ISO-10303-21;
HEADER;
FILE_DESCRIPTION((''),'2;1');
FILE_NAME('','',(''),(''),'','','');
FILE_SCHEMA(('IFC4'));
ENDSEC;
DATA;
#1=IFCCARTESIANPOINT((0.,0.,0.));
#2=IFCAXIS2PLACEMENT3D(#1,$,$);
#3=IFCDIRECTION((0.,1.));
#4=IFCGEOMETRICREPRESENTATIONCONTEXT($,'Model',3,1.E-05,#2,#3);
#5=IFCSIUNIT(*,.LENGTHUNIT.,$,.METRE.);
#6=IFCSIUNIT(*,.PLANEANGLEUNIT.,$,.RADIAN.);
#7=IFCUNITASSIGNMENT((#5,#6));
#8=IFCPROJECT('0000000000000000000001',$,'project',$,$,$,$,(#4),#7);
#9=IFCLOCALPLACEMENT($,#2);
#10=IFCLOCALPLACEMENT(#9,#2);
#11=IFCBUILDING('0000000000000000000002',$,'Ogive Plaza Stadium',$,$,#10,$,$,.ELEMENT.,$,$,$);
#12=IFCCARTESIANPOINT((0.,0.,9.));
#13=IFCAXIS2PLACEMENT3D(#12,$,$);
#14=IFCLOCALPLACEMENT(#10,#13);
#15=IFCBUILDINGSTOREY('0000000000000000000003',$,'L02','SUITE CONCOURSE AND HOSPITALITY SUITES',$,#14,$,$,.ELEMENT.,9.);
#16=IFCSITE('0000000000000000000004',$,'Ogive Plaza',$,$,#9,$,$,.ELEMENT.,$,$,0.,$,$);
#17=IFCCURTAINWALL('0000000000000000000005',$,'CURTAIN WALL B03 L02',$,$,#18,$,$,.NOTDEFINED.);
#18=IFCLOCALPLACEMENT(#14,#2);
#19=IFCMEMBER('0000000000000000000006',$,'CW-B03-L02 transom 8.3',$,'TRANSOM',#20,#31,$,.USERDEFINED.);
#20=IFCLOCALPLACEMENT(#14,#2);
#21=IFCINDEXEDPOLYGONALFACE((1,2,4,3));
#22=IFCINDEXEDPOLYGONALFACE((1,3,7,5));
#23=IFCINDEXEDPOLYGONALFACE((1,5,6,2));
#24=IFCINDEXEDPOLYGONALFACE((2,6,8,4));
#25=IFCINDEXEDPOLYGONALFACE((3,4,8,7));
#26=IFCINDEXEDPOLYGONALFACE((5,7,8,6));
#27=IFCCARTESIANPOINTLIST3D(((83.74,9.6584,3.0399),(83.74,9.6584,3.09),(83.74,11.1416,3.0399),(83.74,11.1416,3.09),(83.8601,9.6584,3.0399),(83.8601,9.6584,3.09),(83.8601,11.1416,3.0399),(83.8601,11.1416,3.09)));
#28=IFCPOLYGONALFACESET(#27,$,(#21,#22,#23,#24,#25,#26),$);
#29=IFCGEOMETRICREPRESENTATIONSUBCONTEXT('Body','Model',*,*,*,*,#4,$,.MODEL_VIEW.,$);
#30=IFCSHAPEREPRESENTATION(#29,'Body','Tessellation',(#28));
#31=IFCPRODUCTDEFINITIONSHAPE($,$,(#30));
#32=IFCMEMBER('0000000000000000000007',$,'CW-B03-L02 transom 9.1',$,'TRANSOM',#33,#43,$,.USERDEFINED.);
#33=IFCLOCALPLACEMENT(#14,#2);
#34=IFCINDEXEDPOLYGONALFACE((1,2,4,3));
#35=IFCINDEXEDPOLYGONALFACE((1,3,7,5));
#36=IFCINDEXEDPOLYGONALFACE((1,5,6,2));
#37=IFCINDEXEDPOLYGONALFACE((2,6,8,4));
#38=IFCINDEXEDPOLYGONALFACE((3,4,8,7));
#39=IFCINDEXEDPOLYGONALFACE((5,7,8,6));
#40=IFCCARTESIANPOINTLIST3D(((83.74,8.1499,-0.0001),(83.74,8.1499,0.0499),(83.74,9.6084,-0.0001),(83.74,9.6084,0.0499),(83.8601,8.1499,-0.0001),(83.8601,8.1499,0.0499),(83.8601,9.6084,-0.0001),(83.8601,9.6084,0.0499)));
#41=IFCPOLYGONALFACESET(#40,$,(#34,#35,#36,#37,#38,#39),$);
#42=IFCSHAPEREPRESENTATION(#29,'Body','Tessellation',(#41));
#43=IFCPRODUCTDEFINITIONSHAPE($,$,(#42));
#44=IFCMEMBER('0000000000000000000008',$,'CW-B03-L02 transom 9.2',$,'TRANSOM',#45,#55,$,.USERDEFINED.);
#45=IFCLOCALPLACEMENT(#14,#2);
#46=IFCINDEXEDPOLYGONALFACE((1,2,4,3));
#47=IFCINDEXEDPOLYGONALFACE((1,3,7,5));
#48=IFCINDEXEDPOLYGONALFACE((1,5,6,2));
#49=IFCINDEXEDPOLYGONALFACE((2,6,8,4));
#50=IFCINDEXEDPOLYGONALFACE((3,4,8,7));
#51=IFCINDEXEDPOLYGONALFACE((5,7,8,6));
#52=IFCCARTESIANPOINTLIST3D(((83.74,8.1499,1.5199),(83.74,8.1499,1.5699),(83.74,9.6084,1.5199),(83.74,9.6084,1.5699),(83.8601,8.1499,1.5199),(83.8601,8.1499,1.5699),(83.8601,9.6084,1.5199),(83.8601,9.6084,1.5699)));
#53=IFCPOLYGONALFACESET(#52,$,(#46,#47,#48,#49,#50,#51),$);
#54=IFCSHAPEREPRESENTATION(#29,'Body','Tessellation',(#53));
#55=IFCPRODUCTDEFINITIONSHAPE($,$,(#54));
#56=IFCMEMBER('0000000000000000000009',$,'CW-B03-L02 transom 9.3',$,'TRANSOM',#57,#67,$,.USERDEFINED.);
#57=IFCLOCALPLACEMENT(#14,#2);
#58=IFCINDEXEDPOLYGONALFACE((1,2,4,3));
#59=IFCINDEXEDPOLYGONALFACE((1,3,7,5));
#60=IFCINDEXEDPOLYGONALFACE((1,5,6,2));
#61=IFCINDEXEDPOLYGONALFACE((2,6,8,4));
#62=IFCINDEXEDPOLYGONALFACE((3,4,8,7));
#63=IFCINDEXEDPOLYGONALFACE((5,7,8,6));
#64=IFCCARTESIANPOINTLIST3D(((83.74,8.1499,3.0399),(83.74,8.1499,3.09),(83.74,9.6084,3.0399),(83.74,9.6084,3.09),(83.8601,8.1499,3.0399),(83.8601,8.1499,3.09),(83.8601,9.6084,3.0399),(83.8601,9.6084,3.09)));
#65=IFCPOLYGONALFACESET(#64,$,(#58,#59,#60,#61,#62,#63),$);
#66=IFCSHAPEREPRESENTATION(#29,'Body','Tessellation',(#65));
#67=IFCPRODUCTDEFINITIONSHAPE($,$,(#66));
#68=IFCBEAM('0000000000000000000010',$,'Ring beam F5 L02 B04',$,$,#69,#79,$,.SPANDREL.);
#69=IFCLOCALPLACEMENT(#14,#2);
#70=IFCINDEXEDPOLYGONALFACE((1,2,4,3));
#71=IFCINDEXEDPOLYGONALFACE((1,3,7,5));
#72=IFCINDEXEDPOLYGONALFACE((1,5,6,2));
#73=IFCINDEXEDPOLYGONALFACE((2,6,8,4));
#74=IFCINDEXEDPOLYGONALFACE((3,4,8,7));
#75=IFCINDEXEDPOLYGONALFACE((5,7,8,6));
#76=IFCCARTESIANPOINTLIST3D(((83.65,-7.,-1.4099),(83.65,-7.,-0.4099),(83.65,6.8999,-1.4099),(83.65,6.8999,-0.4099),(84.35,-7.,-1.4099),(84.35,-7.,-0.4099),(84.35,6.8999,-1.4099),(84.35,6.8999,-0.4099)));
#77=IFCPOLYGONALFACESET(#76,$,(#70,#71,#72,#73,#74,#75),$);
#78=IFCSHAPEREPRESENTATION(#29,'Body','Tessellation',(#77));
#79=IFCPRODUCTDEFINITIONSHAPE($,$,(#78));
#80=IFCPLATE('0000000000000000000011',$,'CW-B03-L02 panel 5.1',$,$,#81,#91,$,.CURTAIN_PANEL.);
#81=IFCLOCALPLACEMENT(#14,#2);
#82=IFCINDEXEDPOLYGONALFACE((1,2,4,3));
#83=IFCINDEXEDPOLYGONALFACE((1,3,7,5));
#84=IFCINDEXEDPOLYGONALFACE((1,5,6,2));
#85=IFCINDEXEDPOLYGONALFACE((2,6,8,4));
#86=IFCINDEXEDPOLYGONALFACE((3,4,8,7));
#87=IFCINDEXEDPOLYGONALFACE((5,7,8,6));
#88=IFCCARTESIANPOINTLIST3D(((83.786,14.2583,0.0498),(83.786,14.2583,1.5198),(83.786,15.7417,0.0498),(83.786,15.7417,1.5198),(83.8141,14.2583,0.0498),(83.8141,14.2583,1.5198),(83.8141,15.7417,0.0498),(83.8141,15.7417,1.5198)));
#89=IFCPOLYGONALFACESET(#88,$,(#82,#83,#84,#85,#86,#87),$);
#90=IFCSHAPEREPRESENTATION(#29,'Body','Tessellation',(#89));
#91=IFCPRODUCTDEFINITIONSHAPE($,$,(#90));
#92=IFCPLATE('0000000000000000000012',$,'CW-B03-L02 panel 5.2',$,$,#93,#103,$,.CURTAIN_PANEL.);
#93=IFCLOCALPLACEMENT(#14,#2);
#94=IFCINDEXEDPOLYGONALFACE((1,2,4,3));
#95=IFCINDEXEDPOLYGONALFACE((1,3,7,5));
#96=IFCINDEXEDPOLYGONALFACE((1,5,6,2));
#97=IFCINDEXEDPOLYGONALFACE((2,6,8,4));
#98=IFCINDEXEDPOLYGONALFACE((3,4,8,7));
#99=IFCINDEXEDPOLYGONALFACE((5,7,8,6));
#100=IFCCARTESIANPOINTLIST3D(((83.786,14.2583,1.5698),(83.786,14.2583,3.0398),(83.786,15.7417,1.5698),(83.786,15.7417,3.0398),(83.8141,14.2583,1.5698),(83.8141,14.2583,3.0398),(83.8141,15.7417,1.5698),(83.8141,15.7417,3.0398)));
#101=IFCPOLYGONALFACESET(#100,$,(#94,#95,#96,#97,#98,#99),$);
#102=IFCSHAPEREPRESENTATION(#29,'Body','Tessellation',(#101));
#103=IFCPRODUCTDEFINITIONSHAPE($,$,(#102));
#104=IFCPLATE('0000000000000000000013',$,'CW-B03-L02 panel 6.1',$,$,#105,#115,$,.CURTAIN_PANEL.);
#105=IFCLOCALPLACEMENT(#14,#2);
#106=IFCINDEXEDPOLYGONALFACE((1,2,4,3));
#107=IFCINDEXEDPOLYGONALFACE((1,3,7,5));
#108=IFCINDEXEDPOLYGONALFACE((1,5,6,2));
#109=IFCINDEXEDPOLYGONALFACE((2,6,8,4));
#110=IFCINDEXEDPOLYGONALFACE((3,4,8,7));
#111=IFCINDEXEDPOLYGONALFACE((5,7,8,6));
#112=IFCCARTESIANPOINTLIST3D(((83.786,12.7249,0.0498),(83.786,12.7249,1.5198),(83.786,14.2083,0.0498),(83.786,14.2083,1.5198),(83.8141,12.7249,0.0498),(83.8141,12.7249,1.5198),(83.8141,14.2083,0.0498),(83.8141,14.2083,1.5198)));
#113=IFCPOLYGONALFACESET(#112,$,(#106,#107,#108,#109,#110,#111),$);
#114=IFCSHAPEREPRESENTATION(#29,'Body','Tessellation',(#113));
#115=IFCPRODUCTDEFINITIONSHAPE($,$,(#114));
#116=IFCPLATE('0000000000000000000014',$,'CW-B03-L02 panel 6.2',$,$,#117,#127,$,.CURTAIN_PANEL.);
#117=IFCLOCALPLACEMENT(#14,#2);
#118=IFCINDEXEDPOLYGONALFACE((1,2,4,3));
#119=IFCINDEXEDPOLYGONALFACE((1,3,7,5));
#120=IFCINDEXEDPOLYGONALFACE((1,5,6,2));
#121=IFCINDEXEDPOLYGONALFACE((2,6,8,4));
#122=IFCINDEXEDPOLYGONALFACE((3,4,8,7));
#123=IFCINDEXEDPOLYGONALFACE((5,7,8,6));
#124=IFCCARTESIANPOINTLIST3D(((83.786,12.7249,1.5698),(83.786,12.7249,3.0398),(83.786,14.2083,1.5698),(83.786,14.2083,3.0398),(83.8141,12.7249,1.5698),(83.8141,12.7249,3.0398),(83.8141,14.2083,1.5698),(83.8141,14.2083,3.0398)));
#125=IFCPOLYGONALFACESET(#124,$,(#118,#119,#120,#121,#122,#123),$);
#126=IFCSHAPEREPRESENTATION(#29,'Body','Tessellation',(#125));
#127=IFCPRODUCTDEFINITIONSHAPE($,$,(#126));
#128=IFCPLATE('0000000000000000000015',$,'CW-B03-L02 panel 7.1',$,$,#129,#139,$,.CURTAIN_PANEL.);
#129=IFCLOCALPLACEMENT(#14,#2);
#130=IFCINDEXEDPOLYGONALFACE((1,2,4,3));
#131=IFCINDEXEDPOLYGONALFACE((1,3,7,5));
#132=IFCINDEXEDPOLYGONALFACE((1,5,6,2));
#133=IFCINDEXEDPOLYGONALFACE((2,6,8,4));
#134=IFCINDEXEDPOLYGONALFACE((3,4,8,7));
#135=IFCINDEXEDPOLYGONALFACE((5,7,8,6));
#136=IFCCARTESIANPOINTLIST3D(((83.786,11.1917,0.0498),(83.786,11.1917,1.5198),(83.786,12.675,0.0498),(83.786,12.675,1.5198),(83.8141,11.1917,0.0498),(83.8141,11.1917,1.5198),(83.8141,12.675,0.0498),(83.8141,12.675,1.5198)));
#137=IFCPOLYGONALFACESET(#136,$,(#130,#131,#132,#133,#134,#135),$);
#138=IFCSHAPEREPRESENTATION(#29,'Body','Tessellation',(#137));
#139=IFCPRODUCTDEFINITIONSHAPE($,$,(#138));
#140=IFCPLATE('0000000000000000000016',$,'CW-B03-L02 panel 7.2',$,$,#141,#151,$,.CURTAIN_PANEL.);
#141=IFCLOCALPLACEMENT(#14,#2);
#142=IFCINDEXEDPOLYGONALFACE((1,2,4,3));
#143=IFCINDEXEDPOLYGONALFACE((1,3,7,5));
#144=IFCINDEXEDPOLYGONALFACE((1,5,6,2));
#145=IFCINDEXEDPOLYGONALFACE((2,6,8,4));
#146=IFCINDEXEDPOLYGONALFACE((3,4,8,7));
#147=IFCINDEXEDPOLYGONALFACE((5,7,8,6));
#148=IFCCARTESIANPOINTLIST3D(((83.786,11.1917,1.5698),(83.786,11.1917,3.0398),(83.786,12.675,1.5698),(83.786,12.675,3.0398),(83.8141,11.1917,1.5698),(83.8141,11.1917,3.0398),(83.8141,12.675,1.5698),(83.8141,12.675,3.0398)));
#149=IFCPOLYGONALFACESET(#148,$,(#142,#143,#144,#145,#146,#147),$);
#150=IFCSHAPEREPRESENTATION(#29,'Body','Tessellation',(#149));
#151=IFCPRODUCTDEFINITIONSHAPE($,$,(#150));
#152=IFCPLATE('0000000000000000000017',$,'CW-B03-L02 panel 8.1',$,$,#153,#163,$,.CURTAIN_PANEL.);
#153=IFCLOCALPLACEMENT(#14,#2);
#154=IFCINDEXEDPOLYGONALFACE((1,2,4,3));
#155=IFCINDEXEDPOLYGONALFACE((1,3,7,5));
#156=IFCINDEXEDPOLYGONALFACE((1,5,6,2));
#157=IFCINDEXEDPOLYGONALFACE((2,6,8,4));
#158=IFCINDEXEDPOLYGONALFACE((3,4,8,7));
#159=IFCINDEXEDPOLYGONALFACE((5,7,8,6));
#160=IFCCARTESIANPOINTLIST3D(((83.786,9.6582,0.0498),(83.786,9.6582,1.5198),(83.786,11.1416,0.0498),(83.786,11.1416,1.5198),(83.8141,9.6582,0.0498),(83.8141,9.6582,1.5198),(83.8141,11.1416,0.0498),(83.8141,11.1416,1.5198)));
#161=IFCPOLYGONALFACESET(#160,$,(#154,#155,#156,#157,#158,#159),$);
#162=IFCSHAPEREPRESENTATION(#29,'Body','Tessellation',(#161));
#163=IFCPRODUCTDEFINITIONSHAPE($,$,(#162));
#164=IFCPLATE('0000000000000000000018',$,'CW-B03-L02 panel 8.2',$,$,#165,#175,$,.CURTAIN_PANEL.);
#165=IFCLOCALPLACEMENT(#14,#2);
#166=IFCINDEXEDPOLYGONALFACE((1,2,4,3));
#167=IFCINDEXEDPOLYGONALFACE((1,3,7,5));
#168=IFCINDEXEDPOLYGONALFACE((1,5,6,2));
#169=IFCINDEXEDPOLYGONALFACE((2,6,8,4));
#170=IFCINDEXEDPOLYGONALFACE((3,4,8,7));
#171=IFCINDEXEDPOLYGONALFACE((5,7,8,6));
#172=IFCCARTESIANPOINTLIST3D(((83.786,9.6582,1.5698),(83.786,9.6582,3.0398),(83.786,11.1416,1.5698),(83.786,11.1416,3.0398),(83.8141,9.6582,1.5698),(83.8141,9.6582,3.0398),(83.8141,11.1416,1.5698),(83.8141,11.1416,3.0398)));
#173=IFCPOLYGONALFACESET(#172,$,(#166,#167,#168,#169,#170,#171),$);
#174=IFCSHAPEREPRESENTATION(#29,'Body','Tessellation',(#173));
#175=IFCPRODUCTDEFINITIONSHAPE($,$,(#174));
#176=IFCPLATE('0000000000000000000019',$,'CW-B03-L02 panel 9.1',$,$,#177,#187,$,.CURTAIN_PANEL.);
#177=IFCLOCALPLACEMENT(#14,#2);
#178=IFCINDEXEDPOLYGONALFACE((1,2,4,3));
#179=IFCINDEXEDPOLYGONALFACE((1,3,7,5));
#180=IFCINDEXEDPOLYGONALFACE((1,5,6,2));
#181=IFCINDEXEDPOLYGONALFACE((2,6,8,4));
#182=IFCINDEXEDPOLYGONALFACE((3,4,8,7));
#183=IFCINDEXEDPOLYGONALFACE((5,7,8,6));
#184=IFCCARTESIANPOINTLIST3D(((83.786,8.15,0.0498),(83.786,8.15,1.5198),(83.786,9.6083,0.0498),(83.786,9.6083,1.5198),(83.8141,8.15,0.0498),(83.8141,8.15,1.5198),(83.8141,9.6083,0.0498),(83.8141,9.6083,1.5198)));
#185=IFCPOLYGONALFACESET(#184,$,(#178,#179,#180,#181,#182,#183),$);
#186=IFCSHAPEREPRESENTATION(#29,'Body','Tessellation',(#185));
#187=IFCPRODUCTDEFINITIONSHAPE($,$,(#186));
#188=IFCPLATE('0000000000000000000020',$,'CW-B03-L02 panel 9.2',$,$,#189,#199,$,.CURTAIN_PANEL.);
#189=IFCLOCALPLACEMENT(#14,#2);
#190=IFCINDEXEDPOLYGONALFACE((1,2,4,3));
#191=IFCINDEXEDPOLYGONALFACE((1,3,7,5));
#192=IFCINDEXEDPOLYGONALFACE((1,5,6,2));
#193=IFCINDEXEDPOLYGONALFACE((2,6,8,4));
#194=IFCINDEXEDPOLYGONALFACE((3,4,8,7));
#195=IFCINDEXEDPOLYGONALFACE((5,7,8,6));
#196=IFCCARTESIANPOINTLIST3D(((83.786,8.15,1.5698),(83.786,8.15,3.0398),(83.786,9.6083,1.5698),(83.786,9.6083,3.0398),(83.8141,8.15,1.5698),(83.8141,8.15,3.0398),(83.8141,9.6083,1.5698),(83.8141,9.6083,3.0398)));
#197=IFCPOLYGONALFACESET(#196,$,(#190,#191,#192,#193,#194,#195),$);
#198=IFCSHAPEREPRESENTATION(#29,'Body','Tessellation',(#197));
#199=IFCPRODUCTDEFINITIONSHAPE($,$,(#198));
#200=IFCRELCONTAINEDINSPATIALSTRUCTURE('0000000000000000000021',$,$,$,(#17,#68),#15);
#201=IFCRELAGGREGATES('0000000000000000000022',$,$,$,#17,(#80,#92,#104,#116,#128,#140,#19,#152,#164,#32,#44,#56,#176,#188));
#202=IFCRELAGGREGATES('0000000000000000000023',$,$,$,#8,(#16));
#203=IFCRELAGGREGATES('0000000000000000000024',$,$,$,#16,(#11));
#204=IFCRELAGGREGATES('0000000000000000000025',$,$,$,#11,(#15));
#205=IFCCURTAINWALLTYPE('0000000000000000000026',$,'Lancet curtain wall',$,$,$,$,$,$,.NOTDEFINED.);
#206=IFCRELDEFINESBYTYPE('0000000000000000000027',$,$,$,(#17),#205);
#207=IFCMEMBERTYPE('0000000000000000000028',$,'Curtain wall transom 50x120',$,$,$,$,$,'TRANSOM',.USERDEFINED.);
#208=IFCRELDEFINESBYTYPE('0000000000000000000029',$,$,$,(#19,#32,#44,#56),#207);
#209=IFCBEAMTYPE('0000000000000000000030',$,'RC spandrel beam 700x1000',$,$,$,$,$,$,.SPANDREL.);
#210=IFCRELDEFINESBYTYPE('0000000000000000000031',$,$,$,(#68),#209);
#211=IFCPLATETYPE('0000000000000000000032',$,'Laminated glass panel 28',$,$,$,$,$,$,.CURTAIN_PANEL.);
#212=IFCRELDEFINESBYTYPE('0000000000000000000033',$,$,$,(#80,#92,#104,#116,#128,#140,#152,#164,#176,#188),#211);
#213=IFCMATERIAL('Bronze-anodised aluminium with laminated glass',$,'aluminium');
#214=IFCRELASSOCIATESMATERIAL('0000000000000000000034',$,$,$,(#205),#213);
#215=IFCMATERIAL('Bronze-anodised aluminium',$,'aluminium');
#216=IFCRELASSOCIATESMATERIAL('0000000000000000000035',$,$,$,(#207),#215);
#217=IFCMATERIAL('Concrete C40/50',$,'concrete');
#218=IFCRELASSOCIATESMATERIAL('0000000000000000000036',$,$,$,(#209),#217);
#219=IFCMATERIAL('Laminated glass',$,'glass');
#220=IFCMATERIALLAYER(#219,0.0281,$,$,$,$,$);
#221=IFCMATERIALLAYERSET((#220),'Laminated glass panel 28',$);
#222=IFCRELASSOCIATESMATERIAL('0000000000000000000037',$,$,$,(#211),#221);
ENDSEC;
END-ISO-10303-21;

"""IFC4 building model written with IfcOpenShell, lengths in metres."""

from ifc_helpers import new_model, si_unit, direction, frame, origin, origin_2d, place, context, subcontext, project, spatial, rectangle, extrude, material, layer, layer_set, material_profile, profile_set, type_object, element, aggregate, save


model = new_model("IFC4")

# Units and contexts
model_context = context("Model", 3, precision=1e-05, world=origin(), true_north=direction((0.0, 1.0)))
body_context = subcontext(model_context, "Body", "Model", "MODEL_VIEW")
ifc_project = project(units=[si_unit("LENGTHUNIT", "METRE"), si_unit("PLANEANGLEUNIT", "RADIAN")], contexts=[model_context])

# Site, building, storey
site_placement = place(None, origin())
site = spatial("IfcSite", under=ifc_project, at=site_placement, Name="Ogive Plaza", CompositionType="ELEMENT", RefElevation=0.0)
building_placement = place(site_placement, origin())
building = spatial("IfcBuilding", under=site, at=building_placement, Name="Ogive Plaza Stadium", CompositionType="ELEMENT")
storey_placement = place(building_placement, frame((0.0, 0.0, 9.0)))
storey = spatial("IfcBuildingStorey", under=building, at=storey_placement, Name="L02", Description="SUITE CONCOURSE AND HOSPITALITY SUITES", CompositionType="ELEMENT", Elevation=9.0)

# Curtain wall, members
ifc_material_1 = material(Name="Bronze-anodised aluminium with laminated glass", Category="aluminium")
curtain_wall_type = type_object("IfcCurtainWallType", Name="Lancet curtain wall", PredefinedType="NOTDEFINED", material=ifc_material_1)
curtain_wall_placement = place(storey_placement, origin())
curtain_wall = element("IfcCurtainWall", 1, at=curtain_wall_placement, inside=storey, type_object=curtain_wall_type, Name="CURTAIN WALL B03 L02", PredefinedType="NOTDEFINED")
ifc_material_2 = material(Name="Bronze-anodised aluminium", Category="aluminium")
ifc_material_profile_1 = material_profile(ifc_material_2, rectangle(XDim=0.1201, YDim=0.05, at=origin_2d()), Name="AL 120x50")
ifc_profile_set_1 = profile_set([ifc_material_profile_1], Name="Bronze-anodised aluminium")
member_type_1 = type_object("IfcMemberType", Name="Curtain wall transom 50x120", ElementType="TRANSOM", PredefinedType="USERDEFINED", material=ifc_profile_set_1)
member_1_placement = place(storey_placement, frame((83.8, 11.1416, 3.0649), z_axis=(0.0, -1.0, 0.0), x_axis=(1.0, 0.0, 0.0)))
member_1 = element("IfcMember", 2, at=member_1_placement, type_object=member_type_1, Name="CW-B03-L02 transom 8.3", ObjectType="TRANSOM", PredefinedType="USERDEFINED", context=body_context, shape_type="SweptSolid", body=[
    extrude(rectangle(XDim=0.1201, YDim=0.05, at=origin_2d()), origin(), (0.0, 0.0, 1.0), 1.4832),
])
member_2_placement = place(storey_placement, frame((83.8, 9.6084, 0.0249), z_axis=(0.0, -1.0, 0.0), x_axis=(1.0, 0.0, 0.0)))
member_2 = element("IfcMember", 3, at=member_2_placement, type_object=member_type_1, Name="CW-B03-L02 transom 9.1", ObjectType="TRANSOM", PredefinedType="USERDEFINED", context=body_context, shape_type="SweptSolid", body=[
    extrude(rectangle(XDim=0.1201, YDim=0.05, at=origin_2d()), origin(), (0.0, 0.0, 1.0), 1.4585),
])
member_3_placement = place(storey_placement, frame((83.8, 9.6084, 1.5449), z_axis=(0.0, -1.0, 0.0), x_axis=(1.0, 0.0, 0.0)))
member_3 = element("IfcMember", 4, at=member_3_placement, type_object=member_type_1, Name="CW-B03-L02 transom 9.2", ObjectType="TRANSOM", PredefinedType="USERDEFINED", context=body_context, shape_type="SweptSolid", body=[
    extrude(rectangle(XDim=0.1201, YDim=0.05, at=origin_2d()), origin(), (0.0, 0.0, 1.0), 1.4585),
])
member_4_placement = place(storey_placement, frame((83.8, 9.6084, 3.0649), z_axis=(0.0, -1.0, 0.0), x_axis=(1.0, 0.0, 0.0)))
member_4 = element("IfcMember", 5, at=member_4_placement, type_object=member_type_1, Name="CW-B03-L02 transom 9.3", ObjectType="TRANSOM", PredefinedType="USERDEFINED", context=body_context, shape_type="SweptSolid", body=[
    extrude(rectangle(XDim=0.1201, YDim=0.05, at=origin_2d()), origin(), (0.0, 0.0, 1.0), 1.4585),
])

# Beam
ifc_material_3 = material(Name="Concrete C40/50", Category="concrete")
ifc_material_profile_2 = material_profile(ifc_material_3, rectangle(XDim=0.7, YDim=1.0, at=origin_2d()), Name="RC 700x1000")
ifc_profile_set_2 = profile_set([ifc_material_profile_2], Name="Concrete C40/50")
beam_type = type_object("IfcBeamType", Name="RC spandrel beam 700x1000", PredefinedType="SPANDREL", material=ifc_profile_set_2)
beam_placement = place(storey_placement, frame((84.0, 6.8999, -0.9099), z_axis=(0.0, -1.0, 0.0), x_axis=(1.0, 0.0, 0.0)))
element("IfcBeam", 6, at=beam_placement, inside=storey, type_object=beam_type, Name="Ring beam F5 L02 B04", PredefinedType="SPANDREL", context=body_context, shape_type="SweptSolid", body=[
    extrude(rectangle(XDim=0.7, YDim=1.0, at=origin_2d()), origin(), (0.0, 0.0, 1.0), 13.8999),
])

# Plates
ifc_material_4 = material(Name="Laminated glass", Category="glass")
ifc_layer_1 = layer(ifc_material_4, 0.0281)
ifc_layer_set_1 = layer_set([ifc_layer_1], Name="Laminated glass panel 28")
plate_type = type_object("IfcPlateType", Name="Laminated glass panel 28", PredefinedType="CURTAIN_PANEL", material=ifc_layer_set_1)
plate_1_placement = place(storey_placement, frame((83.8, 15.0, 0.0498), z_axis=(0.0, 0.0, 1.0), x_axis=(0.0, -1.0, 0.0)))
plate_1 = element("IfcPlate", 7, at=plate_1_placement, type_object=plate_type, Name="CW-B03-L02 panel 5.1", PredefinedType="CURTAIN_PANEL", context=body_context, shape_type="SweptSolid", body=[
    extrude(rectangle(XDim=1.4834, YDim=0.0281, at=origin_2d()), origin(), (0.0, 0.0, 1.0), 1.47),
])
plate_2_placement = place(storey_placement, frame((83.8, 15.0, 1.5698), z_axis=(0.0, 0.0, 1.0), x_axis=(0.0, -1.0, 0.0)))
plate_2 = element("IfcPlate", 8, at=plate_2_placement, type_object=plate_type, Name="CW-B03-L02 panel 5.2", PredefinedType="CURTAIN_PANEL", context=body_context, shape_type="SweptSolid", body=[
    extrude(rectangle(XDim=1.4834, YDim=0.0281, at=origin_2d()), origin(), (0.0, 0.0, 1.0), 1.47),
])
plate_3_placement = place(storey_placement, frame((83.8, 13.4666, 0.0498), z_axis=(0.0, 0.0, 1.0), x_axis=(0.0, -1.0, 0.0)))
plate_3 = element("IfcPlate", 9, at=plate_3_placement, type_object=plate_type, Name="CW-B03-L02 panel 6.1", PredefinedType="CURTAIN_PANEL", context=body_context, shape_type="SweptSolid", body=[
    extrude(rectangle(XDim=1.4834, YDim=0.0281, at=origin_2d()), origin(), (0.0, 0.0, 1.0), 1.47),
])
plate_4_placement = place(storey_placement, frame((83.8, 13.4666, 1.5698), z_axis=(0.0, 0.0, 1.0), x_axis=(0.0, -1.0, 0.0)))
plate_4 = element("IfcPlate", 10, at=plate_4_placement, type_object=plate_type, Name="CW-B03-L02 panel 6.2", PredefinedType="CURTAIN_PANEL", context=body_context, shape_type="SweptSolid", body=[
    extrude(rectangle(XDim=1.4834, YDim=0.0281, at=origin_2d()), origin(), (0.0, 0.0, 1.0), 1.47),
])
plate_5_placement = place(storey_placement, frame((83.8, 11.9333, 0.0498), z_axis=(0.0, 0.0, 1.0), x_axis=(0.0, -1.0, 0.0)))
plate_5 = element("IfcPlate", 11, at=plate_5_placement, type_object=plate_type, Name="CW-B03-L02 panel 7.1", PredefinedType="CURTAIN_PANEL", context=body_context, shape_type="SweptSolid", body=[
    extrude(rectangle(XDim=1.4834, YDim=0.0281, at=origin_2d()), origin(), (0.0, 0.0, 1.0), 1.47),
])
plate_6_placement = place(storey_placement, frame((83.8, 11.9333, 1.5698), z_axis=(0.0, 0.0, 1.0), x_axis=(0.0, -1.0, 0.0)))
plate_6 = element("IfcPlate", 12, at=plate_6_placement, type_object=plate_type, Name="CW-B03-L02 panel 7.2", PredefinedType="CURTAIN_PANEL", context=body_context, shape_type="SweptSolid", body=[
    extrude(rectangle(XDim=1.4834, YDim=0.0281, at=origin_2d()), origin(), (0.0, 0.0, 1.0), 1.47),
])
plate_7_placement = place(storey_placement, frame((83.8, 10.3999, 0.0498), z_axis=(0.0, 0.0, 1.0), x_axis=(0.0, -1.0, 0.0)))
plate_7 = element("IfcPlate", 13, at=plate_7_placement, type_object=plate_type, Name="CW-B03-L02 panel 8.1", PredefinedType="CURTAIN_PANEL", context=body_context, shape_type="SweptSolid", body=[
    extrude(rectangle(XDim=1.4834, YDim=0.0281, at=origin_2d()), origin(), (0.0, 0.0, 1.0), 1.47),
])
plate_8_placement = place(storey_placement, frame((83.8, 10.3999, 1.5698), z_axis=(0.0, 0.0, 1.0), x_axis=(0.0, -1.0, 0.0)))
plate_8 = element("IfcPlate", 14, at=plate_8_placement, type_object=plate_type, Name="CW-B03-L02 panel 8.2", PredefinedType="CURTAIN_PANEL", context=body_context, shape_type="SweptSolid", body=[
    extrude(rectangle(XDim=1.4834, YDim=0.0281, at=origin_2d()), origin(), (0.0, 0.0, 1.0), 1.47),
])
plate_9_placement = place(storey_placement, frame((83.8, 8.8792, 0.0498), z_axis=(0.0, 0.0, 1.0), x_axis=(0.0, -1.0, 0.0)))
plate_9 = element("IfcPlate", 15, at=plate_9_placement, type_object=plate_type, Name="CW-B03-L02 panel 9.1", PredefinedType="CURTAIN_PANEL", context=body_context, shape_type="SweptSolid", body=[
    extrude(rectangle(XDim=1.4583, YDim=0.0281, at=origin_2d()), origin(), (0.0, 0.0, 1.0), 1.47),
])
plate_10_placement = place(storey_placement, frame((83.8, 8.8792, 1.5698), z_axis=(0.0, 0.0, 1.0), x_axis=(0.0, -1.0, 0.0)))
plate_10 = element("IfcPlate", 16, at=plate_10_placement, type_object=plate_type, Name="CW-B03-L02 panel 9.2", PredefinedType="CURTAIN_PANEL", context=body_context, shape_type="SweptSolid", body=[
    extrude(rectangle(XDim=1.4583, YDim=0.0281, at=origin_2d()), origin(), (0.0, 0.0, 1.0), 1.47),
])
aggregate(curtain_wall, [plate_1, plate_2, plate_3, plate_4, plate_5, plate_6, member_1, plate_7, plate_8, member_2, member_3, member_4, plate_9, plate_10])

save(model, "model.ifc")
